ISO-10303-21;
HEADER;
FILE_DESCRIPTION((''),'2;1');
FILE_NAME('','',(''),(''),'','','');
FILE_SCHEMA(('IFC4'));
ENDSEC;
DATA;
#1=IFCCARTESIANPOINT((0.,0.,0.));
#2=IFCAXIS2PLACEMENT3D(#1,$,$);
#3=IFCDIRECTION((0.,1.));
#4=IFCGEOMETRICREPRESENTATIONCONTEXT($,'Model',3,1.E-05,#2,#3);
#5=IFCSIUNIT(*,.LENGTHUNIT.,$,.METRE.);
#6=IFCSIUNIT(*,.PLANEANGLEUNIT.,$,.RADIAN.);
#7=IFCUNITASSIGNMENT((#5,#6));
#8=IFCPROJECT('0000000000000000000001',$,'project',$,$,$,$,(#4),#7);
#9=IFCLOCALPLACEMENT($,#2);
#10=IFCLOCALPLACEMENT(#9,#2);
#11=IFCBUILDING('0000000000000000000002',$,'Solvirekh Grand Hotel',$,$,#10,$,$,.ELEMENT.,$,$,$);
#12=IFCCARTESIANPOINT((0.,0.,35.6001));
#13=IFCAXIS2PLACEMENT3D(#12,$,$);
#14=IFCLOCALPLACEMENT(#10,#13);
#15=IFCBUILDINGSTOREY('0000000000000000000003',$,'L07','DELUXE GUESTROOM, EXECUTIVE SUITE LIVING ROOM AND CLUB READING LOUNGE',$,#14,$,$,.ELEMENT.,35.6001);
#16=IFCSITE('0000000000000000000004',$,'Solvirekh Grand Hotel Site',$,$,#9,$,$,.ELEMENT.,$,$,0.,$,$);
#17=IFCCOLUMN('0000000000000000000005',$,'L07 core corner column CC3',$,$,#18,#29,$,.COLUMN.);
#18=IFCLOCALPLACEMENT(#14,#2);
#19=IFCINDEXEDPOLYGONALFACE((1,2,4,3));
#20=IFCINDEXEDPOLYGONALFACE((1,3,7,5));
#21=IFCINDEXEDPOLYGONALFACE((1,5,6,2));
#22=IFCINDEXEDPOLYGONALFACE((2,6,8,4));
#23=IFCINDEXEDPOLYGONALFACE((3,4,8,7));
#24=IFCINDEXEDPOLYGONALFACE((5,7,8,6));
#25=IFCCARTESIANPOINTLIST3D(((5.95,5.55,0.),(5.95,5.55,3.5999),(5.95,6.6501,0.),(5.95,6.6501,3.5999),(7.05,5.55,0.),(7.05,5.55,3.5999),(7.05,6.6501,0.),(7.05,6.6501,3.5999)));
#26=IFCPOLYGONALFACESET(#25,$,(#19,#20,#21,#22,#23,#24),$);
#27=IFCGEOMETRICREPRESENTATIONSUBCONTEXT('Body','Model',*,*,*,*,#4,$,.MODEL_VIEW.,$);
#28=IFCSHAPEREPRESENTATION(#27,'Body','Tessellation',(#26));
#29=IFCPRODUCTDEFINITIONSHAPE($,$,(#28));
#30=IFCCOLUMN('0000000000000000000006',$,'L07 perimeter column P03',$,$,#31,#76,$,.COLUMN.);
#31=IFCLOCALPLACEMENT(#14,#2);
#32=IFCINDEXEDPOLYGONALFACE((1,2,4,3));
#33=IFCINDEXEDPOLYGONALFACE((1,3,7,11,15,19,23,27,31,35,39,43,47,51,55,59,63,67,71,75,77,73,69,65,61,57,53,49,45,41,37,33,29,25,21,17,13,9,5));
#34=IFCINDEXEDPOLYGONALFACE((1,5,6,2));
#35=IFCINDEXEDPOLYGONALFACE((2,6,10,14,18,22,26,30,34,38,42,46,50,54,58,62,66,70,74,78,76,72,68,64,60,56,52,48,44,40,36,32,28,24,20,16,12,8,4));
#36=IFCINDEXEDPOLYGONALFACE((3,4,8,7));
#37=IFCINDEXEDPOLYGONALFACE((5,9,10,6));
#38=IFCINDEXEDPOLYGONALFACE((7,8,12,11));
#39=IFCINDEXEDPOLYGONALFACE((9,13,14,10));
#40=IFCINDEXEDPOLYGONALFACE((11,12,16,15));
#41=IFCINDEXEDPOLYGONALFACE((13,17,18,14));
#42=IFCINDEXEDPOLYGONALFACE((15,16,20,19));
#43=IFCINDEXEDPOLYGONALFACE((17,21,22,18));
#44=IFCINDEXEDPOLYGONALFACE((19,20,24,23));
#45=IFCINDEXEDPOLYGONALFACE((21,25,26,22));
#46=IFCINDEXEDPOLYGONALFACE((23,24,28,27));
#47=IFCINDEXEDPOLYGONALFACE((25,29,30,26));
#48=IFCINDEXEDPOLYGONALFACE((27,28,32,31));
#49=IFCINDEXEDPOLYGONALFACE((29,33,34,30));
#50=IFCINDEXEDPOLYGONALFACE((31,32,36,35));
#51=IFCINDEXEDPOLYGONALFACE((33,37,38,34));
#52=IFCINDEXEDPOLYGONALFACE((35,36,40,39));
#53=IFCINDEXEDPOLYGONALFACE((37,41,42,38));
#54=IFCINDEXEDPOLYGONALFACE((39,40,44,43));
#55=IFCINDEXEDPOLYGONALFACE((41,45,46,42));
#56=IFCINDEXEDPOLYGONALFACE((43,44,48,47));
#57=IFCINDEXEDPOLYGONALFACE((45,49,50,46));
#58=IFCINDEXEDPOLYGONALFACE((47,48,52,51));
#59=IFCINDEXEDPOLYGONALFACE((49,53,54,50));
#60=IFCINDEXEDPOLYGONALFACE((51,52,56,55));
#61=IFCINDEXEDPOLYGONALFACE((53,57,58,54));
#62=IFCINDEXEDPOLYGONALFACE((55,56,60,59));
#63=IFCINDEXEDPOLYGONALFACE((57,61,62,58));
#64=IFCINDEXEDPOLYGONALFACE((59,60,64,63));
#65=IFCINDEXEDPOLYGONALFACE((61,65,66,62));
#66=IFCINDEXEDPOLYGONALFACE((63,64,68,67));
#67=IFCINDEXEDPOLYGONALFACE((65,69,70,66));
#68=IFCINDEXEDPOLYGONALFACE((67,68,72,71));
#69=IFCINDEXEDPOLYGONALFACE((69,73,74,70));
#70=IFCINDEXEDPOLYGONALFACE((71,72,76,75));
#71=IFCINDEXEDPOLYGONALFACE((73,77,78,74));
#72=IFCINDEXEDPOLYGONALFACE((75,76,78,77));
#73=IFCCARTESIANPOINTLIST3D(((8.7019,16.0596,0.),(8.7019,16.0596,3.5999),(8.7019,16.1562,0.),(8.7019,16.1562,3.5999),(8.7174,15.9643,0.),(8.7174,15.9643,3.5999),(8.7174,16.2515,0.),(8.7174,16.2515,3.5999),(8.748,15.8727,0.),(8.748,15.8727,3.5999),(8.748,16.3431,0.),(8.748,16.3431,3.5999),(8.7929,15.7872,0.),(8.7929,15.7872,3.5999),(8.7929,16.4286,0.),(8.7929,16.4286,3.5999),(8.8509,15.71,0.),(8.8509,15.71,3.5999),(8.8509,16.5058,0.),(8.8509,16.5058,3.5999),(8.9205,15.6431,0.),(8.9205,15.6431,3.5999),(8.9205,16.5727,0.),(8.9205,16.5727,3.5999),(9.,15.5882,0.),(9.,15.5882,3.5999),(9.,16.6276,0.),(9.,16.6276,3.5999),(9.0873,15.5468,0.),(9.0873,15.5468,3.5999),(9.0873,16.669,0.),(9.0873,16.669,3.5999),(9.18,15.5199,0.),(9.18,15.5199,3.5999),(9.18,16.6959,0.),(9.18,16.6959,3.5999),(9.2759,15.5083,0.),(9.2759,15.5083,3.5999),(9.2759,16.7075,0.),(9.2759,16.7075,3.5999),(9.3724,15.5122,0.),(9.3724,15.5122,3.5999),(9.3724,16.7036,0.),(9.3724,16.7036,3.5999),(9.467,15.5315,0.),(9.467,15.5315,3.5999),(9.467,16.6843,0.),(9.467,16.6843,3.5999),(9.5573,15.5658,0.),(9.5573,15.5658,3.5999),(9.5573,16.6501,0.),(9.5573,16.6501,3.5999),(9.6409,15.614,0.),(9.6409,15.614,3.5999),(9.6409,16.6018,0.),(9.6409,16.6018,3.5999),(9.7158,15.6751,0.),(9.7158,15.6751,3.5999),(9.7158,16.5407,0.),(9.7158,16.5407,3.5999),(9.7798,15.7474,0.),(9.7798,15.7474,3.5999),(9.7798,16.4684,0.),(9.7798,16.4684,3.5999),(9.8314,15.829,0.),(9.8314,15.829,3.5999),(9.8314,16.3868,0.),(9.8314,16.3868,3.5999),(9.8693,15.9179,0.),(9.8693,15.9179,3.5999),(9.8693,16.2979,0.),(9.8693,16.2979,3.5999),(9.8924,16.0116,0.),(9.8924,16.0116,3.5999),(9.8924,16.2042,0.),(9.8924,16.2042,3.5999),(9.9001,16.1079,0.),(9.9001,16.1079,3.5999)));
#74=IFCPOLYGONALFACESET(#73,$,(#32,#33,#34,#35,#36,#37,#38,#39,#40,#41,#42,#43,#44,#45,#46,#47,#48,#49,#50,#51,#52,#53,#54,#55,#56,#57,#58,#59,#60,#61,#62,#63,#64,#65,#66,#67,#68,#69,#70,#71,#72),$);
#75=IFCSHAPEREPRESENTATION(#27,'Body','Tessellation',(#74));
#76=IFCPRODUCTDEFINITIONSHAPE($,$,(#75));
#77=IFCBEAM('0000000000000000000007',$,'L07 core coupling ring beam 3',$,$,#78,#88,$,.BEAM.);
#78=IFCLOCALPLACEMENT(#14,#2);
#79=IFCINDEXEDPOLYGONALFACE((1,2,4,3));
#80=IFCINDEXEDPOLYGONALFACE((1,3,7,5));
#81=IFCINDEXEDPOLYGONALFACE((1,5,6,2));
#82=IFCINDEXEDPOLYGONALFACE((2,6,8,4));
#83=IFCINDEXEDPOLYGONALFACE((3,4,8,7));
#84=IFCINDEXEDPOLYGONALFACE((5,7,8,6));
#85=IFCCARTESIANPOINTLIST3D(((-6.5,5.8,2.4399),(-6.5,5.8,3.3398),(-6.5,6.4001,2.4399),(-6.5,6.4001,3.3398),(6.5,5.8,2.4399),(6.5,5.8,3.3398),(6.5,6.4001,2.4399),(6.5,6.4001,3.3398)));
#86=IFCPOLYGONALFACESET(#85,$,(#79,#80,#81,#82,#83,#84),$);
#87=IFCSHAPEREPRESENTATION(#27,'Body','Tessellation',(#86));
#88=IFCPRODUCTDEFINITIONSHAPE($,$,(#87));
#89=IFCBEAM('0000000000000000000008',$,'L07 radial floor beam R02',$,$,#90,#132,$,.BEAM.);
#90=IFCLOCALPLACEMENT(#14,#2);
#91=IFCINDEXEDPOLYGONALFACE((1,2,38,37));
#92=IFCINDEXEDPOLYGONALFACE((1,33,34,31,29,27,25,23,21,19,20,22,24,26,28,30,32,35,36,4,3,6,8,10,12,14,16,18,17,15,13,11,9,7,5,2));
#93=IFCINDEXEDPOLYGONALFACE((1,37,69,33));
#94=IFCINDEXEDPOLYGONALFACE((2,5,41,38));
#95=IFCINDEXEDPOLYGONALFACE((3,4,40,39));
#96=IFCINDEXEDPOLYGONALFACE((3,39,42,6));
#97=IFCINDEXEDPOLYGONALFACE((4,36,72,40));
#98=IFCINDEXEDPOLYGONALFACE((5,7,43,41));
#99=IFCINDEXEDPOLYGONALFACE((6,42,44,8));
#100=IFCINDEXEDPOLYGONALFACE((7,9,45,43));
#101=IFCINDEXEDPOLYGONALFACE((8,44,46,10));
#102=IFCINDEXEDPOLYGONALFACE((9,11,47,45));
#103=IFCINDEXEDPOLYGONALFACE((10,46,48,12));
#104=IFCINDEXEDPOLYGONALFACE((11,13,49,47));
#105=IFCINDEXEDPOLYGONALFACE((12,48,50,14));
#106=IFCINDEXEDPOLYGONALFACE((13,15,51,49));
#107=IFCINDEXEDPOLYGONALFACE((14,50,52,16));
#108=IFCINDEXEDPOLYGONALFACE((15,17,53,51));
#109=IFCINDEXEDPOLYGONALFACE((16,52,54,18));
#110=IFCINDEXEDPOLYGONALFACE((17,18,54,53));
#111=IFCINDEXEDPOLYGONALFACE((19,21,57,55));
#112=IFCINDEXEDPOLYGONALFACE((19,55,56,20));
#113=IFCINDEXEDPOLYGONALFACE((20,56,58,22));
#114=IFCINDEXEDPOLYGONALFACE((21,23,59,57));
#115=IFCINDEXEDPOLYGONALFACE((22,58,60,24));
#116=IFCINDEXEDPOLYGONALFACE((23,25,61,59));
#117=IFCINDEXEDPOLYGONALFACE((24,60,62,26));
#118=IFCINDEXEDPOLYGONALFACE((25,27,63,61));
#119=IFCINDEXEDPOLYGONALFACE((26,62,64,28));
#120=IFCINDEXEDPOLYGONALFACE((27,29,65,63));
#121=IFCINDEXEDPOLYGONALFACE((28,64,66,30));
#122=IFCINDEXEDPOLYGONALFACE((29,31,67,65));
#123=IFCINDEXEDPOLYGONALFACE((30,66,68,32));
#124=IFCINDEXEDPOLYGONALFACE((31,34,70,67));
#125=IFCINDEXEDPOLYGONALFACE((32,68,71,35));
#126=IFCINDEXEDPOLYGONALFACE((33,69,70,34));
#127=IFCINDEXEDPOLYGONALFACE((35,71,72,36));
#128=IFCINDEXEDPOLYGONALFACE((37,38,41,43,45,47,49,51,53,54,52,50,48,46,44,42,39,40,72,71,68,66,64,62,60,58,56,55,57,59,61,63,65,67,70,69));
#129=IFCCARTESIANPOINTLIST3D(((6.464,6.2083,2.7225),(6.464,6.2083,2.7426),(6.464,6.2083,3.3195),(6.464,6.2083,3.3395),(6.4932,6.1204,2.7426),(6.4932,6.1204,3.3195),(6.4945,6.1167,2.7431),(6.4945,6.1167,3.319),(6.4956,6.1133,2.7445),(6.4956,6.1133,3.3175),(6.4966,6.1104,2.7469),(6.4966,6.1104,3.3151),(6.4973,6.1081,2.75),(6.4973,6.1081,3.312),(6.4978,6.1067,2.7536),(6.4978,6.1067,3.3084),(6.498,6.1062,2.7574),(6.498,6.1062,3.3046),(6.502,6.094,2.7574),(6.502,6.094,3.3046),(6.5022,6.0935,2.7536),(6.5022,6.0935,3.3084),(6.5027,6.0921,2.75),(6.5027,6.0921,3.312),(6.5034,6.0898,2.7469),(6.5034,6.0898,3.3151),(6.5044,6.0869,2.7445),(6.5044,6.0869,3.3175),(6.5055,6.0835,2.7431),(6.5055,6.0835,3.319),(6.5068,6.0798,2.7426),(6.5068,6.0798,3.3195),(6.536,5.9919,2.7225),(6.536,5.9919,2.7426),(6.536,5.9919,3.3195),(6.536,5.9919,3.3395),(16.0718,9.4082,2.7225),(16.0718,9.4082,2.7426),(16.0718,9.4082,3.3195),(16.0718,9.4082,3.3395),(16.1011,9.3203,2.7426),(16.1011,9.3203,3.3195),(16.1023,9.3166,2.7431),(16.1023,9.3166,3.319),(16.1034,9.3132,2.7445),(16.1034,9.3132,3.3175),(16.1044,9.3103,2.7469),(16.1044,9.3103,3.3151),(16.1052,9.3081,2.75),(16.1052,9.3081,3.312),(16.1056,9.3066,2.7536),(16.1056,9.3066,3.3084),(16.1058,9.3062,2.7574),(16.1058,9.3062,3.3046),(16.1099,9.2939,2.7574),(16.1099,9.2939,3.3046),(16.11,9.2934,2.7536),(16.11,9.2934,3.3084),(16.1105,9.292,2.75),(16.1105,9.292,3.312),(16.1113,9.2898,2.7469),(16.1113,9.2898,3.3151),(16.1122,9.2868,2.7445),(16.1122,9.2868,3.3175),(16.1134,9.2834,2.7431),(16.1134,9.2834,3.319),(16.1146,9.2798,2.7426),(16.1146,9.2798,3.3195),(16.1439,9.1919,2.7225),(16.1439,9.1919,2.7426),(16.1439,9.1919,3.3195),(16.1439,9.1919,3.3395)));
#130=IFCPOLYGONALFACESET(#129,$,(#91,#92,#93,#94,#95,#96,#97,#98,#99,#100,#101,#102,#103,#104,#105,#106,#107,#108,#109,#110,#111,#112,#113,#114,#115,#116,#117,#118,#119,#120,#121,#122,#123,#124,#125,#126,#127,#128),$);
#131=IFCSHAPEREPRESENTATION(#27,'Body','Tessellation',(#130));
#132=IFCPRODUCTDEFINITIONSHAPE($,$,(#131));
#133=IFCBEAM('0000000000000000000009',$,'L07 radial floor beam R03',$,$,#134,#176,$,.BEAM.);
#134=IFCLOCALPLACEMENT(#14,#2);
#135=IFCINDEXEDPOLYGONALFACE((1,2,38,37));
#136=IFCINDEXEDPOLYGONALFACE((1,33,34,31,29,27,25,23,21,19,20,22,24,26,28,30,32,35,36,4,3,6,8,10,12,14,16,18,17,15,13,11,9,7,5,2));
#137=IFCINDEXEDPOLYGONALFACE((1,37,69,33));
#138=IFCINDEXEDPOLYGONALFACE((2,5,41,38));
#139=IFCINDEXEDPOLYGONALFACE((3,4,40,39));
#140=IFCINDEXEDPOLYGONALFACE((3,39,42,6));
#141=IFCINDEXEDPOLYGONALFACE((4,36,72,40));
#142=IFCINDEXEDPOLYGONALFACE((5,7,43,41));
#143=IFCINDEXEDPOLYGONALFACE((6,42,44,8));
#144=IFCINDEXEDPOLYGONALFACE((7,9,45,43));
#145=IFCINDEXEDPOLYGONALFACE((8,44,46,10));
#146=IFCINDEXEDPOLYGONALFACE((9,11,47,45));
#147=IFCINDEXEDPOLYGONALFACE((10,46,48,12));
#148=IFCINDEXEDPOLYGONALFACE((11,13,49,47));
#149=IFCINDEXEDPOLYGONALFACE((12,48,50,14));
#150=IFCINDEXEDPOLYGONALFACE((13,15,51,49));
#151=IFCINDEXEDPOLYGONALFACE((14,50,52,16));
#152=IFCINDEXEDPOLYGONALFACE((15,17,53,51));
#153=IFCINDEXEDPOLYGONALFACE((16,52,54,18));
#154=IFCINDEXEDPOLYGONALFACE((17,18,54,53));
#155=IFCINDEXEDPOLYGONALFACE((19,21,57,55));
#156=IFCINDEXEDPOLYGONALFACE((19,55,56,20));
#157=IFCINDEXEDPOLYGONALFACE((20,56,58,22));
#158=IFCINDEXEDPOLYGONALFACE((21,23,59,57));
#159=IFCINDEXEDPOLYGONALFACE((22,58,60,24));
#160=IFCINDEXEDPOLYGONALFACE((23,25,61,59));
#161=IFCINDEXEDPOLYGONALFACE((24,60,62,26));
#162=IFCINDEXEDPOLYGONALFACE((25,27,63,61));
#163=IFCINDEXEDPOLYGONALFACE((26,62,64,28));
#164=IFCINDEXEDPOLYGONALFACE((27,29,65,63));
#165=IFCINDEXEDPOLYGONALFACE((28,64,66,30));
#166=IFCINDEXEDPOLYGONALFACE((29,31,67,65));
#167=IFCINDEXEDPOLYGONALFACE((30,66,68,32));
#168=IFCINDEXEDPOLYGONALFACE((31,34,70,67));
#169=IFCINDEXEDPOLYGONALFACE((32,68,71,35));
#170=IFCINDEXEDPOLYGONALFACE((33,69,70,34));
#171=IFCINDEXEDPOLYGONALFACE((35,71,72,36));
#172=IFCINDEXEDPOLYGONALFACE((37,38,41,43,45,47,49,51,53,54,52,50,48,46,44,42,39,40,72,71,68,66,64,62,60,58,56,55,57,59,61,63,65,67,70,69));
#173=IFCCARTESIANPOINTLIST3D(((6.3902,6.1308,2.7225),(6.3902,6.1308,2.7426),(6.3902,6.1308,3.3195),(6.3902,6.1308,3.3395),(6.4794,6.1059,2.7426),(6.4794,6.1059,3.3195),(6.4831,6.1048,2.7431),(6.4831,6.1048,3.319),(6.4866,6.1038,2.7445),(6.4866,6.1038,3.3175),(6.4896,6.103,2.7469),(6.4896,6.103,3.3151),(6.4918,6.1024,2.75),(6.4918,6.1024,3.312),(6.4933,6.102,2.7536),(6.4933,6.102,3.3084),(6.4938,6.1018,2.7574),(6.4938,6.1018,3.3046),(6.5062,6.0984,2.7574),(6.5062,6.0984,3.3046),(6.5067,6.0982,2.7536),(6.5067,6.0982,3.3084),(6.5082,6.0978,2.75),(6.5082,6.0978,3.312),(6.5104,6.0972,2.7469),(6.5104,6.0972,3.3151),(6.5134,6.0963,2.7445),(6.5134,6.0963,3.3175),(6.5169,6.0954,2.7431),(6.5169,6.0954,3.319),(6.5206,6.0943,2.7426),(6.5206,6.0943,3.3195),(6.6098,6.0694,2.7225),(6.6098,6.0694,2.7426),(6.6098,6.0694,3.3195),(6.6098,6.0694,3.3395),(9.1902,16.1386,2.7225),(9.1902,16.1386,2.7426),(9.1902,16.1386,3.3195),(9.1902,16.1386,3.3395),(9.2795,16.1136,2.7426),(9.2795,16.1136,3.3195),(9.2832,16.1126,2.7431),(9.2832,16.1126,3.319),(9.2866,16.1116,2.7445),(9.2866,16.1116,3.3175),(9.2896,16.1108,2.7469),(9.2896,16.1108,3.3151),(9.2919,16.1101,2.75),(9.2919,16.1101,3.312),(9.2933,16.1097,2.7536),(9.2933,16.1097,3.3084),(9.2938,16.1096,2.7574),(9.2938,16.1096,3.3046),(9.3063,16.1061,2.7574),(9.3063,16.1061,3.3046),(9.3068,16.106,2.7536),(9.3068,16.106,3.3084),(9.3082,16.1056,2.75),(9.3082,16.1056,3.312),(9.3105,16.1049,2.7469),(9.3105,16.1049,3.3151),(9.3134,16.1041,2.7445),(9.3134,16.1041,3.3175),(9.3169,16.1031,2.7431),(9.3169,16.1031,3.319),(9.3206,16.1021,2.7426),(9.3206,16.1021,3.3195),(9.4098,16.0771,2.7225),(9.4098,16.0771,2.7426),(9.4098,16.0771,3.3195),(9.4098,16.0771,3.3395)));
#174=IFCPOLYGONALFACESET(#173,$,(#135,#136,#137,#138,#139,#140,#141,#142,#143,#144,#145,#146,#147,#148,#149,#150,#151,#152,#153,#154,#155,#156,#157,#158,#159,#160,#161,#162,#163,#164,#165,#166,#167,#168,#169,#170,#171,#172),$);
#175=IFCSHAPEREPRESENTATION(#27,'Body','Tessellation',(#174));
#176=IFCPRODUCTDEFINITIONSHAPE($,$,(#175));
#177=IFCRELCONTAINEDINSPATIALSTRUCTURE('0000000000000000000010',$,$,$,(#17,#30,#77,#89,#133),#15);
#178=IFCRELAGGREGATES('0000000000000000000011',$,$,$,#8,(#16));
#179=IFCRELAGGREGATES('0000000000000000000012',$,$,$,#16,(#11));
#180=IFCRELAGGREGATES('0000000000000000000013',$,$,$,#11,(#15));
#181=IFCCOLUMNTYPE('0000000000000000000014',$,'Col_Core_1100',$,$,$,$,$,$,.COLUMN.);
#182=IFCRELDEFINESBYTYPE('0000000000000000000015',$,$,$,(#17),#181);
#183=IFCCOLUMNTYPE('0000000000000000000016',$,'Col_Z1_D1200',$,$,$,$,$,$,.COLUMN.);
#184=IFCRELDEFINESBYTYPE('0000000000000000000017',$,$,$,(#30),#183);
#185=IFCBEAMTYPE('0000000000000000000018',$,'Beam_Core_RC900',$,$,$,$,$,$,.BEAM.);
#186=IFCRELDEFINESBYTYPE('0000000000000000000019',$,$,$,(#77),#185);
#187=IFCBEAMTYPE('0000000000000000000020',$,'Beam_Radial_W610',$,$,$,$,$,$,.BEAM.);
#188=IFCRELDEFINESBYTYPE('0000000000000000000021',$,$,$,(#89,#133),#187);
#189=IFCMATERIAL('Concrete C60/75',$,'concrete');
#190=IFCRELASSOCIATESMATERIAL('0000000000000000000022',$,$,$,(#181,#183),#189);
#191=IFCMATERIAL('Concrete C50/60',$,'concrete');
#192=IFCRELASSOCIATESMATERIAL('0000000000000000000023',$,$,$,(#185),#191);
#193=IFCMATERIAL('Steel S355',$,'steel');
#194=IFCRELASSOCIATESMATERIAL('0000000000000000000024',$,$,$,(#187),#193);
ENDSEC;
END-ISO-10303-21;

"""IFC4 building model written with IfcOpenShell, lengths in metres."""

from ifc_helpers import new_model, si_unit, direction, frame, origin, origin_2d, place, context, subcontext, project, spatial, rectangle, circle, i_section, extrude, material, material_profile, profile_set, type_object, element, save


model = new_model("IFC4")

# Units and contexts
model_context = context("Model", 3, precision=1e-05, world=origin(), true_north=direction((0.0, 1.0)))
body_context = subcontext(model_context, "Body", "Model", "MODEL_VIEW")
ifc_project = project(units=[si_unit("LENGTHUNIT", "METRE"), si_unit("PLANEANGLEUNIT", "RADIAN")], contexts=[model_context])

# Site, building, storey
site_placement = place(None, origin())
site = spatial("IfcSite", under=ifc_project, at=site_placement, Name="Solvirekh Grand Hotel Site", CompositionType="ELEMENT", RefElevation=0.0)
building_placement = place(site_placement, origin())
building = spatial("IfcBuilding", under=site, at=building_placement, Name="Solvirekh Grand Hotel", CompositionType="ELEMENT")
storey_placement = place(building_placement, frame((0.0, 0.0, 35.6001)))
storey = spatial("IfcBuildingStorey", under=building, at=storey_placement, Name="L07", Description="DELUXE GUESTROOM, EXECUTIVE SUITE LIVING ROOM AND CLUB READING LOUNGE", CompositionType="ELEMENT", Elevation=35.6001)

# Columns
ifc_material_1 = material(Name="Concrete C60/75", Category="concrete")
ifc_material_profile_1 = material_profile(ifc_material_1, rectangle(XDim=1.1001, YDim=1.1001, at=origin_2d()), Name="RC 1100X1100")
ifc_profile_set_1 = profile_set([ifc_material_profile_1], Name="Concrete C60/75")
column_type_1 = type_object("IfcColumnType", Name="Col_Core_1100", PredefinedType="COLUMN", material=ifc_profile_set_1)
column_1_placement = place(storey_placement, frame((6.5, 6.1001, 0.0), z_axis=(0.0, 0.0, 1.0), x_axis=(1.0, 0.0, 0.0)))
element("IfcColumn", 1, at=column_1_placement, inside=storey, type_object=column_type_1, Name="L07 core corner column CC3", PredefinedType="COLUMN", context=body_context, shape_type="SweptSolid", body=[
    extrude(rectangle(XDim=1.1001, YDim=1.1001, at=origin_2d()), origin(), (0.0, 0.0, 1.0), 3.5999),
])
ifc_material_profile_2 = material_profile(ifc_material_1, circle(Radius=0.6001, at=origin_2d()), Name="RC CIRC D1200")
ifc_profile_set_2 = profile_set([ifc_material_profile_2], Name="Concrete C60/75")
column_type_2 = type_object("IfcColumnType", Name="Col_Z1_D1200", PredefinedType="COLUMN", material=ifc_profile_set_2)
column_2_placement = place(storey_placement, frame((9.3, 16.1079, 0.0), z_axis=(0.0, 0.0, 1.0), x_axis=(1.0, 0.0, 0.0)))
element("IfcColumn", 2, at=column_2_placement, inside=storey, type_object=column_type_2, Name="L07 perimeter column P03", PredefinedType="COLUMN", context=body_context, shape_type="SweptSolid", body=[
    extrude(circle(Radius=0.6001, at=origin_2d()), origin(), (0.0, 0.0, 1.0), 3.5999),
])

# Beams
ifc_material_2 = material(Name="Concrete C50/60", Category="concrete")
ifc_material_profile_3 = material_profile(ifc_material_2, rectangle(XDim=0.6001, YDim=0.8999, at=origin_2d()), Name="RC BEAM 600X900")
ifc_profile_set_3 = profile_set([ifc_material_profile_3], Name="Concrete C50/60")
beam_type_1 = type_object("IfcBeamType", Name="Beam_Core_RC900", PredefinedType="BEAM", material=ifc_profile_set_3)
beam_1_placement = place(storey_placement, frame((6.5, 6.1001, 2.8899), z_axis=(-1.0, 0.0, 0.0), x_axis=(0.0, -1.0, 0.0)))
element("IfcBeam", 3, at=beam_1_placement, inside=storey, type_object=beam_type_1, Name="L07 core coupling ring beam 3", PredefinedType="BEAM", context=body_context, shape_type="SweptSolid", body=[
    extrude(rectangle(XDim=0.6001, YDim=0.8999, at=origin_2d()), origin(), (0.0, 0.0, 1.0), 13.0),
])
ifc_material_3 = material(Name="Steel S355", Category="steel")
ifc_material_profile_4 = material_profile(ifc_material_3, i_section(OverallWidth=0.228, OverallDepth=0.6169, WebThickness=0.0129, FlangeThickness=0.02, FilletRadius=0.0149, at=origin_2d()), Name="W610X140")
ifc_profile_set_4 = profile_set([ifc_material_profile_4], Name="Steel S355")
beam_type_2 = type_object("IfcBeamType", Name="Beam_Radial_W610", PredefinedType="BEAM", material=ifc_profile_set_4)
beam_2_placement = place(storey_placement, frame((6.5, 6.1001, 3.031), z_axis=(0.948763, 0.315989, 0.0), x_axis=(-0.315989, 0.948763, 0.0)))
element("IfcBeam", 4, at=beam_2_placement, inside=storey, type_object=beam_type_2, Name="L07 radial floor beam R02", PredefinedType="BEAM", context=body_context, shape_type="SweptSolid", body=[
    extrude(i_section(OverallWidth=0.228, OverallDepth=0.6169, WebThickness=0.0129, FlangeThickness=0.02, FilletRadius=0.0149, at=origin_2d()), origin(), (0.0, 0.0, 1.0), 10.1267),
])
beam_3_placement = place(storey_placement, frame((6.5, 6.1001, 3.031), z_axis=(0.269439, 0.963017, 0.0), x_axis=(-0.963017, 0.269439, 0.0)))
element("IfcBeam", 5, at=beam_3_placement, inside=storey, type_object=beam_type_2, Name="L07 radial floor beam R03", PredefinedType="BEAM", context=body_context, shape_type="SweptSolid", body=[
    extrude(i_section(OverallWidth=0.228, OverallDepth=0.6169, WebThickness=0.0129, FlangeThickness=0.02, FilletRadius=0.0149, at=origin_2d()), origin(), (0.0, 0.0, 1.0), 10.3921),
])

save(model, "model.ifc")
